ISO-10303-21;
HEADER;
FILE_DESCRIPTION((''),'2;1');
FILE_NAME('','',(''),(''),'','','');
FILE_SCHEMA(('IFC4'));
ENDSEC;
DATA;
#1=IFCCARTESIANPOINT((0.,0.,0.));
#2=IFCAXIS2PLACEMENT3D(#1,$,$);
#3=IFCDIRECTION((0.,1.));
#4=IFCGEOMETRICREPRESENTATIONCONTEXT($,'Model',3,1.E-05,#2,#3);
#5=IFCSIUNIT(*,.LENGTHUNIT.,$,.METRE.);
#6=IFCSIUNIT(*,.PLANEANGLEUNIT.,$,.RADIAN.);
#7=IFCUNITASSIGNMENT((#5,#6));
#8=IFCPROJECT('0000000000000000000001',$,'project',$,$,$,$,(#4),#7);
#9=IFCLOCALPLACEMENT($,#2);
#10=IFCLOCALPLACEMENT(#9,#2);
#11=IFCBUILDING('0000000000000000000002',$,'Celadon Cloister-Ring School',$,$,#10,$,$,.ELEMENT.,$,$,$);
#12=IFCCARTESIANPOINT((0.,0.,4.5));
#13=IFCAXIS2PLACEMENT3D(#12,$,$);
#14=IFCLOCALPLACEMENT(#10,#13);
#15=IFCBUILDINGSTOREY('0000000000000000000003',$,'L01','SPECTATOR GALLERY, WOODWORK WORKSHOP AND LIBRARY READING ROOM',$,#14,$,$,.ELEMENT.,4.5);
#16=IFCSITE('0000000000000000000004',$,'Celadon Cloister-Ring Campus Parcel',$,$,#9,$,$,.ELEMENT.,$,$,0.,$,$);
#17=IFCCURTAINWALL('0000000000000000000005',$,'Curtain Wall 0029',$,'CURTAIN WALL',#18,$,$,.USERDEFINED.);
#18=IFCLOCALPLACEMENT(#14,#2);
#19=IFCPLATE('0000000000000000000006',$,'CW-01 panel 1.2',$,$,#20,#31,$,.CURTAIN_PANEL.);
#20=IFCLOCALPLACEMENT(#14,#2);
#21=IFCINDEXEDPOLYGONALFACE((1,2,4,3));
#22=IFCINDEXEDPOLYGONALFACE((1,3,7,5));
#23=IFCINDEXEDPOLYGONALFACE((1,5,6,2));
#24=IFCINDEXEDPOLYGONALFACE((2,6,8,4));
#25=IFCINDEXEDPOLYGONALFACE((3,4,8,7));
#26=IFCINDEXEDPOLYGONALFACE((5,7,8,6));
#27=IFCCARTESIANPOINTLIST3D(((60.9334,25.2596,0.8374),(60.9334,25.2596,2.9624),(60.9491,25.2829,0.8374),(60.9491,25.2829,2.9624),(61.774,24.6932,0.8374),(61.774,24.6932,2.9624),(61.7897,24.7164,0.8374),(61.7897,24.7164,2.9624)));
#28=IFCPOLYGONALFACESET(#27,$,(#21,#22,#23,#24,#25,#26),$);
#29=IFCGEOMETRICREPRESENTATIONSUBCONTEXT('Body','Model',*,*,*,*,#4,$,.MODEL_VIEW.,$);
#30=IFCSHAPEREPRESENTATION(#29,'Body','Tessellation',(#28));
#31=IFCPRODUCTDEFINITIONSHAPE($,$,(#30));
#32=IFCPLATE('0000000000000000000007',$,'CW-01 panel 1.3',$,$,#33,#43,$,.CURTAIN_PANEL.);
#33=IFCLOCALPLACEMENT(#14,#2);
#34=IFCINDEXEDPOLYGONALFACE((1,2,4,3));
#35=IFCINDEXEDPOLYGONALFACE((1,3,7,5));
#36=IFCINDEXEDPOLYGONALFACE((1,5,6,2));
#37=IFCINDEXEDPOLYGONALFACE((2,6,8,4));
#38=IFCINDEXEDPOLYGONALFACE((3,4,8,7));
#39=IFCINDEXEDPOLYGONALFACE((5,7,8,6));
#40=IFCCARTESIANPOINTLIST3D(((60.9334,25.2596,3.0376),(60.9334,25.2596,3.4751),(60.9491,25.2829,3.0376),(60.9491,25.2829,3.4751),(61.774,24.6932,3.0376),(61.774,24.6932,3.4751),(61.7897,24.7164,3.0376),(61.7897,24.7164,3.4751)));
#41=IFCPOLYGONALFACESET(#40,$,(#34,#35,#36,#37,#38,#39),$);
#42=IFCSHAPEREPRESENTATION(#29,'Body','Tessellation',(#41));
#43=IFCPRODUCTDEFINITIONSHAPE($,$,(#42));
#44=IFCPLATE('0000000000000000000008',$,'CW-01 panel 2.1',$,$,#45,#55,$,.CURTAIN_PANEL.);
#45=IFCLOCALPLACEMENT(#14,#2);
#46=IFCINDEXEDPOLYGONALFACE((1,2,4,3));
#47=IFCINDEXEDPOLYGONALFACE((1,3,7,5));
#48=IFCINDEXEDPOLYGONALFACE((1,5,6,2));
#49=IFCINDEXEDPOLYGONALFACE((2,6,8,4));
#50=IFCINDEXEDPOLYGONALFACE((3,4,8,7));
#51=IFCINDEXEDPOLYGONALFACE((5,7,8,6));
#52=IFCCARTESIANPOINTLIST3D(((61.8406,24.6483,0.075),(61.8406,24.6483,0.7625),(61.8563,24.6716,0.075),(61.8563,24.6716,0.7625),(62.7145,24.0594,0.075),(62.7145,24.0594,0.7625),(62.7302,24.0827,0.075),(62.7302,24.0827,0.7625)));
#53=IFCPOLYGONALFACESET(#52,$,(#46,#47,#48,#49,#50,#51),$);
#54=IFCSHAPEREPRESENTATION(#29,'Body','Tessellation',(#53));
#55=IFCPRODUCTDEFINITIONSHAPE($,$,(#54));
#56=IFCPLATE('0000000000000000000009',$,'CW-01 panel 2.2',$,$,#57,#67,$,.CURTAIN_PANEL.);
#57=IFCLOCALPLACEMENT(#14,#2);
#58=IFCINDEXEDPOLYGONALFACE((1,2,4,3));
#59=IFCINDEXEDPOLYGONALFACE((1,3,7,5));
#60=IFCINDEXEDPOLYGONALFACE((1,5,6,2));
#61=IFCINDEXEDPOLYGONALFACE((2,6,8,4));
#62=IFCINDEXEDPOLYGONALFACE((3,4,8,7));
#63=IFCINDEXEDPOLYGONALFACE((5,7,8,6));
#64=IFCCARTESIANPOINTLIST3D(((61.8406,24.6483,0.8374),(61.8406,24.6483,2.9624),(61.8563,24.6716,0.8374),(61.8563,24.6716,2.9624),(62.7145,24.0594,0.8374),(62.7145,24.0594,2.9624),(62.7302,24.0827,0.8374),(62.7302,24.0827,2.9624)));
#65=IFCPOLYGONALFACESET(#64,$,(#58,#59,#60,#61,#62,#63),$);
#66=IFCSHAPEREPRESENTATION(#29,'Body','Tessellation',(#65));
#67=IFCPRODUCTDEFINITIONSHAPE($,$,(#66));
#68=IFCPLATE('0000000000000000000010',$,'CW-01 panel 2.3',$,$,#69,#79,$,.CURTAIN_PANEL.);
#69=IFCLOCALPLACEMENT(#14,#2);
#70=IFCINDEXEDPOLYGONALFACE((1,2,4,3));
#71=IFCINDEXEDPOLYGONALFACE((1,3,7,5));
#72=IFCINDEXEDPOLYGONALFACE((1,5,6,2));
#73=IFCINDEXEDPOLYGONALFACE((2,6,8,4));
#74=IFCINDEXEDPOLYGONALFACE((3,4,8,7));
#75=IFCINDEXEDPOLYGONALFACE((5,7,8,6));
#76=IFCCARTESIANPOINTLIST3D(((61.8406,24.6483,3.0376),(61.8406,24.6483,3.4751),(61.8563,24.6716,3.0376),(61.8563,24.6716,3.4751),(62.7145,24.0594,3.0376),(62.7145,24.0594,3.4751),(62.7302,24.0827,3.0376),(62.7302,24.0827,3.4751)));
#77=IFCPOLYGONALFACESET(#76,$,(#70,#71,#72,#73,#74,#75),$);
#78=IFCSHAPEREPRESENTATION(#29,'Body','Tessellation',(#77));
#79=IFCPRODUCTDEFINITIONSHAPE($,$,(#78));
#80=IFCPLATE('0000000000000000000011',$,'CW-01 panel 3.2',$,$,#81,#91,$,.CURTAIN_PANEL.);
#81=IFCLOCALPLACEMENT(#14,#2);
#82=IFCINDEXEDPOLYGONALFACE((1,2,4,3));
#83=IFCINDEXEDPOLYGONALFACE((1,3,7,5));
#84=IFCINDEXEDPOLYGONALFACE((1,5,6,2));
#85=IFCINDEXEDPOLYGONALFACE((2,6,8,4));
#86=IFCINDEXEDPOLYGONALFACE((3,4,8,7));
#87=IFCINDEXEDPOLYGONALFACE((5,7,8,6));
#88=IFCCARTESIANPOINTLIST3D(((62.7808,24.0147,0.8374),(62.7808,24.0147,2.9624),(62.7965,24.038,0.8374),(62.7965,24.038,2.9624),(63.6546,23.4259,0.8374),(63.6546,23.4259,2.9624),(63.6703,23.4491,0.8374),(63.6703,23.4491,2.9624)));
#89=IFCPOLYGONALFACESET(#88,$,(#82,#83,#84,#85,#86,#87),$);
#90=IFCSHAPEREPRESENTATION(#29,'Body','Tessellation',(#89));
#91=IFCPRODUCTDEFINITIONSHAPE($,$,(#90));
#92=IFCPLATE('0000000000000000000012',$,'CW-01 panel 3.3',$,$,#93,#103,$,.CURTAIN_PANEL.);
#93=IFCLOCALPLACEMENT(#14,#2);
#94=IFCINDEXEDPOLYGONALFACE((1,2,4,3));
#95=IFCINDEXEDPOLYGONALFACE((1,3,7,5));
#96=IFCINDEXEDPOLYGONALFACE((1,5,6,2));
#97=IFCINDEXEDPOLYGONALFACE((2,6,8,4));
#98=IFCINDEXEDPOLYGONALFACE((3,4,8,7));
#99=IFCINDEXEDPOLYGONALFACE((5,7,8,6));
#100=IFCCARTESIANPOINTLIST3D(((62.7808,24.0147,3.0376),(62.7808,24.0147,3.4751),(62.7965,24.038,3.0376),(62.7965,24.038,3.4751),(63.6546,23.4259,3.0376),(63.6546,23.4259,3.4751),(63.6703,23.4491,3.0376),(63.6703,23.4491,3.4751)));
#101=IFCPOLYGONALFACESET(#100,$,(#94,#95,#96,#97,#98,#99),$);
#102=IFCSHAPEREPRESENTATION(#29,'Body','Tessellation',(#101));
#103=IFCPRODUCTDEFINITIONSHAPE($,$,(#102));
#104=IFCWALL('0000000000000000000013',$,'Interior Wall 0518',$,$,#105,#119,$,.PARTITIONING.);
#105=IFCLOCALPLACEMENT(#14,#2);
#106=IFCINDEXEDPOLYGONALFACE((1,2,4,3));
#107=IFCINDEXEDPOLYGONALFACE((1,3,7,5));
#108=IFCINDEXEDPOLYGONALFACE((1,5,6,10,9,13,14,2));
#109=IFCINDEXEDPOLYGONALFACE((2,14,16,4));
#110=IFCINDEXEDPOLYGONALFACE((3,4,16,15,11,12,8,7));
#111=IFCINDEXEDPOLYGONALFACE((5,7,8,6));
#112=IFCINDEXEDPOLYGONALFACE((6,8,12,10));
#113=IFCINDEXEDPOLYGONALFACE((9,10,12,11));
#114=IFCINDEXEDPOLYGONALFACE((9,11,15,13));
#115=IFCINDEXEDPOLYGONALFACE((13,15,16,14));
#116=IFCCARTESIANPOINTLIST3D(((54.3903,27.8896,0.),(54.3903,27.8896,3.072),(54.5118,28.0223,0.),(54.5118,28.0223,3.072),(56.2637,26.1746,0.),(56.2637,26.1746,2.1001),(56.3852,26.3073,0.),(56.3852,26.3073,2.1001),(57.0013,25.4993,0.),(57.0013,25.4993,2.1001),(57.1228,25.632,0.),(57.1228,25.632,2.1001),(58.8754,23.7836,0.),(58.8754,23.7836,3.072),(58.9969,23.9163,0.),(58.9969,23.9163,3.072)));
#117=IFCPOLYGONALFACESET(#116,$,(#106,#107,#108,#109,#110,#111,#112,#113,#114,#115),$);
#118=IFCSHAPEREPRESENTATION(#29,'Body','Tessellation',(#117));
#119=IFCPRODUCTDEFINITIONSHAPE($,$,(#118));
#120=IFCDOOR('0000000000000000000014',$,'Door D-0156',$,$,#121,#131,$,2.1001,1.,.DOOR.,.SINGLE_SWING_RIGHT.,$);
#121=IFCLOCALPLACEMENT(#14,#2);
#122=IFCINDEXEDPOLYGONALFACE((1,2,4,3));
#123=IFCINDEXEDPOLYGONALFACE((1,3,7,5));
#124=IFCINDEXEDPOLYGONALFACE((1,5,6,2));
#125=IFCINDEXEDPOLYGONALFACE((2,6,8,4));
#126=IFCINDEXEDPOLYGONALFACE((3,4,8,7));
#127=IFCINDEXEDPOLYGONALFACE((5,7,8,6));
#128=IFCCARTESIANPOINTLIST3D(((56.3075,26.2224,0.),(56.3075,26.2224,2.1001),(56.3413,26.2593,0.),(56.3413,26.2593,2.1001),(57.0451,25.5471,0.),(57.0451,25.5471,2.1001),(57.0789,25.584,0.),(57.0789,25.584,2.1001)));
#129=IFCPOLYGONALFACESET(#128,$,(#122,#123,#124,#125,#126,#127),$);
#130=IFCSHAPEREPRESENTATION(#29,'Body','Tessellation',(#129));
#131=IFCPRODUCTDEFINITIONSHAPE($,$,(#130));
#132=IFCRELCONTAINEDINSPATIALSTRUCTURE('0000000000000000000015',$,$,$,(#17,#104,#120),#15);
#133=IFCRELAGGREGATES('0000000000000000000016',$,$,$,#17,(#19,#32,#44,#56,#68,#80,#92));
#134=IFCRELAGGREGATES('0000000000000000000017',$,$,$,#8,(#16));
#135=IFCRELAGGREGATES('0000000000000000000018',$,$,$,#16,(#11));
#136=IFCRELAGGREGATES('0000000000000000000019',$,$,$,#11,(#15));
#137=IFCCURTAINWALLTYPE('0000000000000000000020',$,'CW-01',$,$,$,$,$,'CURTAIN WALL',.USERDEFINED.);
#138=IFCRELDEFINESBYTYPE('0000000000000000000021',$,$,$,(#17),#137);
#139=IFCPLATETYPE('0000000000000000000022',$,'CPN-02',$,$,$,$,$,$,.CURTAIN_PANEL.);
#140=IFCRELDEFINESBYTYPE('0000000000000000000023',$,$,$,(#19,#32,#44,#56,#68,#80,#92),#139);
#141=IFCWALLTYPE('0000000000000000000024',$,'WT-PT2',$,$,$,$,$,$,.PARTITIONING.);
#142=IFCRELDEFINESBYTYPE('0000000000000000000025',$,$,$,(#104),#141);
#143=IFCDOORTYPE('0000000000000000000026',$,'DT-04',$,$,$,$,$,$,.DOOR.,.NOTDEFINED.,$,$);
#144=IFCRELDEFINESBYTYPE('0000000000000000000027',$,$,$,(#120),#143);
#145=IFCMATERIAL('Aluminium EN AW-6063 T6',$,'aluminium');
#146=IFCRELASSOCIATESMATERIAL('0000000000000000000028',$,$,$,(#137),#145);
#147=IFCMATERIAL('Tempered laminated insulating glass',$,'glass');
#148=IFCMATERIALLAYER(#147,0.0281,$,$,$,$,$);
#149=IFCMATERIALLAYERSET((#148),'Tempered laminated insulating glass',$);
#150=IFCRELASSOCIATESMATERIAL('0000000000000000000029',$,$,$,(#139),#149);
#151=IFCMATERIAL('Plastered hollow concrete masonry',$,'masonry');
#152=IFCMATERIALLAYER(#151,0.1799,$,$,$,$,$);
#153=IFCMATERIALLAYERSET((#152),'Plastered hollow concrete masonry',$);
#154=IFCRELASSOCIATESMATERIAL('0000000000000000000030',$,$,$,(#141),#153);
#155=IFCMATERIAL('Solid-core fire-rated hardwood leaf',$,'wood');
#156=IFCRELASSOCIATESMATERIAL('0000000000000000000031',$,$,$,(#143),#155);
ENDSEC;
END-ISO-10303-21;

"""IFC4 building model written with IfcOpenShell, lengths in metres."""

from ifc_helpers import new_model, si_unit, direction, frame, frame_2d, origin, origin_2d, place, context, subcontext, project, spatial, rectangle, extrude, material, layer, layer_set, type_object, element, fill, aggregate, save


model = new_model("IFC4")

# Units and contexts
model_context = context("Model", 3, precision=1e-05, world=origin(), true_north=direction((0.0, 1.0)))
body_context = subcontext(model_context, "Body", "Model", "MODEL_VIEW")
ifc_project = project(units=[si_unit("LENGTHUNIT", "METRE"), si_unit("PLANEANGLEUNIT", "RADIAN")], contexts=[model_context])

# Site, building, storey
site_placement = place(None, origin())
site = spatial("IfcSite", under=ifc_project, at=site_placement, Name="Celadon Cloister-Ring Campus Parcel", CompositionType="ELEMENT", RefElevation=0.0)
building_placement = place(site_placement, origin())
building = spatial("IfcBuilding", under=site, at=building_placement, Name="Celadon Cloister-Ring School", CompositionType="ELEMENT")
storey_placement = place(building_placement, frame((0.0, 0.0, 4.5)))
storey = spatial("IfcBuildingStorey", under=building, at=storey_placement, Name="L01", Description="SPECTATOR GALLERY, WOODWORK WORKSHOP AND LIBRARY READING ROOM", CompositionType="ELEMENT", Elevation=4.5)

# Curtain wall
ifc_material_1 = material(Name="Aluminium EN AW-6063 T6", Category="aluminium")
curtain_wall_type = type_object("IfcCurtainWallType", Name="CW-01", ElementType="CURTAIN WALL", PredefinedType="USERDEFINED", material=ifc_material_1)
curtain_wall_placement = place(storey_placement, origin())
curtain_wall = element("IfcCurtainWall", 1, at=curtain_wall_placement, inside=storey, type_object=curtain_wall_type, Name="Curtain Wall 0029", ObjectType="CURTAIN WALL", PredefinedType="USERDEFINED")

# Plates
ifc_material_2 = material(Name="Tempered laminated insulating glass", Category="glass")
ifc_layer_1 = layer(ifc_material_2, 0.0281)
ifc_layer_set_1 = layer_set([ifc_layer_1], Name="Tempered laminated insulating glass")
plate_type = type_object("IfcPlateType", Name="CPN-02", PredefinedType="CURTAIN_PANEL", material=ifc_layer_set_1)
plate_1_placement = place(storey_placement, frame((61.3616, 24.988, 0.8374), z_axis=(0.0, 0.0, 1.0), x_axis=(0.829272, -0.558846, 0.0)))
plate_1 = element("IfcPlate", 2, at=plate_1_placement, type_object=plate_type, Name="CW-01 panel 1.2", PredefinedType="CURTAIN_PANEL", context=body_context, shape_type="SweptSolid", body=[
    extrude(rectangle(XDim=1.0137, YDim=0.0281, at=origin_2d()), origin(), (0.0, 0.0, 1.0), 2.125),
])
plate_2_placement = place(storey_placement, frame((61.3616, 24.988, 3.0376), z_axis=(0.0, 0.0, 1.0), x_axis=(0.829272, -0.558846, 0.0)))
plate_2 = element("IfcPlate", 3, at=plate_2_placement, type_object=plate_type, Name="CW-01 panel 1.3", PredefinedType="CURTAIN_PANEL", context=body_context, shape_type="SweptSolid", body=[
    extrude(rectangle(XDim=1.0137, YDim=0.0281, at=origin_2d()), origin(), (0.0, 0.0, 1.0), 0.4375),
])
plate_3_placement = place(storey_placement, frame((62.2854, 24.3655, 0.075), z_axis=(0.0, 0.0, 1.0), x_axis=(0.829272, -0.558846, 0.0)))
plate_3 = element("IfcPlate", 4, at=plate_3_placement, type_object=plate_type, Name="CW-01 panel 2.1", PredefinedType="CURTAIN_PANEL", context=body_context, shape_type="SweptSolid", body=[
    extrude(rectangle(XDim=1.0537, YDim=0.0281, at=origin_2d()), origin(), (0.0, 0.0, 1.0), 0.6875),
])
plate_4_placement = place(storey_placement, frame((62.2854, 24.3655, 0.8374), z_axis=(0.0, 0.0, 1.0), x_axis=(0.829272, -0.558846, 0.0)))
plate_4 = element("IfcPlate", 5, at=plate_4_placement, type_object=plate_type, Name="CW-01 panel 2.2", PredefinedType="CURTAIN_PANEL", context=body_context, shape_type="SweptSolid", body=[
    extrude(rectangle(XDim=1.0537, YDim=0.0281, at=origin_2d()), origin(), (0.0, 0.0, 1.0), 2.125),
])
plate_5_placement = place(storey_placement, frame((62.2854, 24.3655, 3.0376), z_axis=(0.0, 0.0, 1.0), x_axis=(0.829272, -0.558846, 0.0)))
plate_5 = element("IfcPlate", 6, at=plate_5_placement, type_object=plate_type, Name="CW-01 panel 2.3", PredefinedType="CURTAIN_PANEL", context=body_context, shape_type="SweptSolid", body=[
    extrude(rectangle(XDim=1.0537, YDim=0.0281, at=origin_2d()), origin(), (0.0, 0.0, 1.0), 0.4375),
])
plate_6_placement = place(storey_placement, frame((63.2256, 23.7319, 0.8374), z_axis=(0.0, 0.0, 1.0), x_axis=(0.829272, -0.558846, 0.0)))
plate_6 = element("IfcPlate", 7, at=plate_6_placement, type_object=plate_type, Name="CW-01 panel 3.2", PredefinedType="CURTAIN_PANEL", context=body_context, shape_type="SweptSolid", body=[
    extrude(rectangle(XDim=1.0537, YDim=0.0281, at=origin_2d()), origin(), (0.0, 0.0, 1.0), 2.125),
])
plate_7_placement = place(storey_placement, frame((63.2256, 23.7319, 3.0376), z_axis=(0.0, 0.0, 1.0), x_axis=(0.829272, -0.558846, 0.0)))
plate_7 = element("IfcPlate", 8, at=plate_7_placement, type_object=plate_type, Name="CW-01 panel 3.3", PredefinedType="CURTAIN_PANEL", context=body_context, shape_type="SweptSolid", body=[
    extrude(rectangle(XDim=1.0537, YDim=0.0281, at=origin_2d()), origin(), (0.0, 0.0, 1.0), 0.4375),
])
aggregate(curtain_wall, [plate_1, plate_2, plate_3, plate_4, plate_5, plate_6, plate_7])

# Wall, opening, door
ifc_material_3 = material(Name="Plastered hollow concrete masonry", Category="masonry")
ifc_layer_2 = layer(ifc_material_3, 0.1799)
ifc_layer_set_2 = layer_set([ifc_layer_2], Name="Plastered hollow concrete masonry")
wall_type = type_object("IfcWallType", Name="WT-PT2", PredefinedType="PARTITIONING", material=ifc_layer_set_2)
wall_placement = place(storey_placement, frame((54.4509, 27.9561, 0.0), z_axis=(0.0, 0.0, 1.0), x_axis=(0.737596, -0.675243, 0.0)))
wall = element("IfcWall", 9, at=wall_placement, inside=storey, type_object=wall_type, Name="Interior Wall 0518", PredefinedType="PARTITIONING", context=body_context, shape_type="SweptSolid", body=[
    extrude(rectangle(XDim=6.0808, YDim=0.1799, at=frame_2d((3.0405, 0.0))), origin(), (0.0, 0.0, 1.0), 3.072),
])
opening_placement = place(wall_placement, frame((2.54, 0.0, 0.0)))
opening = element("IfcOpeningElement", 10, at=opening_placement, cuts=wall, PredefinedType="OPENING", context=body_context, shape_type="SweptSolid", body=[
    extrude(rectangle(XDim=1.0, YDim=2.1001, at=frame_2d((0.5, 1.05))), frame((0.0, 0.1001, 0.0), z_axis=(0.0, -1.0, 0.0), x_axis=(1.0, 0.0, 0.0)), (0.0, 0.0, 1.0), 0.2),
])
ifc_material_4 = material(Name="Solid-core fire-rated hardwood leaf", Category="wood")
door_type = type_object("IfcDoorType", Name="DT-04", OperationType="NOTDEFINED", PredefinedType="DOOR", material=ifc_material_4)
door_placement = place(opening_placement, origin())
door = element("IfcDoor", 11, at=door_placement, inside=storey, type_object=door_type, Name="Door D-0156", OperationType="SINGLE_SWING_RIGHT", OverallHeight=2.1001, OverallWidth=1.0, PredefinedType="DOOR", context=body_context, shape_type="SweptSolid", body=[
    extrude(rectangle(XDim=1.0, YDim=2.1001, at=frame_2d((0.5, 1.05))), frame((0.0, 0.0249, 0.0), z_axis=(0.0, -1.0, 0.0), x_axis=(1.0, 0.0, 0.0)), (0.0, 0.0, 1.0), 0.05),
])
fill(opening, door)

save(model, "model.ifc")
